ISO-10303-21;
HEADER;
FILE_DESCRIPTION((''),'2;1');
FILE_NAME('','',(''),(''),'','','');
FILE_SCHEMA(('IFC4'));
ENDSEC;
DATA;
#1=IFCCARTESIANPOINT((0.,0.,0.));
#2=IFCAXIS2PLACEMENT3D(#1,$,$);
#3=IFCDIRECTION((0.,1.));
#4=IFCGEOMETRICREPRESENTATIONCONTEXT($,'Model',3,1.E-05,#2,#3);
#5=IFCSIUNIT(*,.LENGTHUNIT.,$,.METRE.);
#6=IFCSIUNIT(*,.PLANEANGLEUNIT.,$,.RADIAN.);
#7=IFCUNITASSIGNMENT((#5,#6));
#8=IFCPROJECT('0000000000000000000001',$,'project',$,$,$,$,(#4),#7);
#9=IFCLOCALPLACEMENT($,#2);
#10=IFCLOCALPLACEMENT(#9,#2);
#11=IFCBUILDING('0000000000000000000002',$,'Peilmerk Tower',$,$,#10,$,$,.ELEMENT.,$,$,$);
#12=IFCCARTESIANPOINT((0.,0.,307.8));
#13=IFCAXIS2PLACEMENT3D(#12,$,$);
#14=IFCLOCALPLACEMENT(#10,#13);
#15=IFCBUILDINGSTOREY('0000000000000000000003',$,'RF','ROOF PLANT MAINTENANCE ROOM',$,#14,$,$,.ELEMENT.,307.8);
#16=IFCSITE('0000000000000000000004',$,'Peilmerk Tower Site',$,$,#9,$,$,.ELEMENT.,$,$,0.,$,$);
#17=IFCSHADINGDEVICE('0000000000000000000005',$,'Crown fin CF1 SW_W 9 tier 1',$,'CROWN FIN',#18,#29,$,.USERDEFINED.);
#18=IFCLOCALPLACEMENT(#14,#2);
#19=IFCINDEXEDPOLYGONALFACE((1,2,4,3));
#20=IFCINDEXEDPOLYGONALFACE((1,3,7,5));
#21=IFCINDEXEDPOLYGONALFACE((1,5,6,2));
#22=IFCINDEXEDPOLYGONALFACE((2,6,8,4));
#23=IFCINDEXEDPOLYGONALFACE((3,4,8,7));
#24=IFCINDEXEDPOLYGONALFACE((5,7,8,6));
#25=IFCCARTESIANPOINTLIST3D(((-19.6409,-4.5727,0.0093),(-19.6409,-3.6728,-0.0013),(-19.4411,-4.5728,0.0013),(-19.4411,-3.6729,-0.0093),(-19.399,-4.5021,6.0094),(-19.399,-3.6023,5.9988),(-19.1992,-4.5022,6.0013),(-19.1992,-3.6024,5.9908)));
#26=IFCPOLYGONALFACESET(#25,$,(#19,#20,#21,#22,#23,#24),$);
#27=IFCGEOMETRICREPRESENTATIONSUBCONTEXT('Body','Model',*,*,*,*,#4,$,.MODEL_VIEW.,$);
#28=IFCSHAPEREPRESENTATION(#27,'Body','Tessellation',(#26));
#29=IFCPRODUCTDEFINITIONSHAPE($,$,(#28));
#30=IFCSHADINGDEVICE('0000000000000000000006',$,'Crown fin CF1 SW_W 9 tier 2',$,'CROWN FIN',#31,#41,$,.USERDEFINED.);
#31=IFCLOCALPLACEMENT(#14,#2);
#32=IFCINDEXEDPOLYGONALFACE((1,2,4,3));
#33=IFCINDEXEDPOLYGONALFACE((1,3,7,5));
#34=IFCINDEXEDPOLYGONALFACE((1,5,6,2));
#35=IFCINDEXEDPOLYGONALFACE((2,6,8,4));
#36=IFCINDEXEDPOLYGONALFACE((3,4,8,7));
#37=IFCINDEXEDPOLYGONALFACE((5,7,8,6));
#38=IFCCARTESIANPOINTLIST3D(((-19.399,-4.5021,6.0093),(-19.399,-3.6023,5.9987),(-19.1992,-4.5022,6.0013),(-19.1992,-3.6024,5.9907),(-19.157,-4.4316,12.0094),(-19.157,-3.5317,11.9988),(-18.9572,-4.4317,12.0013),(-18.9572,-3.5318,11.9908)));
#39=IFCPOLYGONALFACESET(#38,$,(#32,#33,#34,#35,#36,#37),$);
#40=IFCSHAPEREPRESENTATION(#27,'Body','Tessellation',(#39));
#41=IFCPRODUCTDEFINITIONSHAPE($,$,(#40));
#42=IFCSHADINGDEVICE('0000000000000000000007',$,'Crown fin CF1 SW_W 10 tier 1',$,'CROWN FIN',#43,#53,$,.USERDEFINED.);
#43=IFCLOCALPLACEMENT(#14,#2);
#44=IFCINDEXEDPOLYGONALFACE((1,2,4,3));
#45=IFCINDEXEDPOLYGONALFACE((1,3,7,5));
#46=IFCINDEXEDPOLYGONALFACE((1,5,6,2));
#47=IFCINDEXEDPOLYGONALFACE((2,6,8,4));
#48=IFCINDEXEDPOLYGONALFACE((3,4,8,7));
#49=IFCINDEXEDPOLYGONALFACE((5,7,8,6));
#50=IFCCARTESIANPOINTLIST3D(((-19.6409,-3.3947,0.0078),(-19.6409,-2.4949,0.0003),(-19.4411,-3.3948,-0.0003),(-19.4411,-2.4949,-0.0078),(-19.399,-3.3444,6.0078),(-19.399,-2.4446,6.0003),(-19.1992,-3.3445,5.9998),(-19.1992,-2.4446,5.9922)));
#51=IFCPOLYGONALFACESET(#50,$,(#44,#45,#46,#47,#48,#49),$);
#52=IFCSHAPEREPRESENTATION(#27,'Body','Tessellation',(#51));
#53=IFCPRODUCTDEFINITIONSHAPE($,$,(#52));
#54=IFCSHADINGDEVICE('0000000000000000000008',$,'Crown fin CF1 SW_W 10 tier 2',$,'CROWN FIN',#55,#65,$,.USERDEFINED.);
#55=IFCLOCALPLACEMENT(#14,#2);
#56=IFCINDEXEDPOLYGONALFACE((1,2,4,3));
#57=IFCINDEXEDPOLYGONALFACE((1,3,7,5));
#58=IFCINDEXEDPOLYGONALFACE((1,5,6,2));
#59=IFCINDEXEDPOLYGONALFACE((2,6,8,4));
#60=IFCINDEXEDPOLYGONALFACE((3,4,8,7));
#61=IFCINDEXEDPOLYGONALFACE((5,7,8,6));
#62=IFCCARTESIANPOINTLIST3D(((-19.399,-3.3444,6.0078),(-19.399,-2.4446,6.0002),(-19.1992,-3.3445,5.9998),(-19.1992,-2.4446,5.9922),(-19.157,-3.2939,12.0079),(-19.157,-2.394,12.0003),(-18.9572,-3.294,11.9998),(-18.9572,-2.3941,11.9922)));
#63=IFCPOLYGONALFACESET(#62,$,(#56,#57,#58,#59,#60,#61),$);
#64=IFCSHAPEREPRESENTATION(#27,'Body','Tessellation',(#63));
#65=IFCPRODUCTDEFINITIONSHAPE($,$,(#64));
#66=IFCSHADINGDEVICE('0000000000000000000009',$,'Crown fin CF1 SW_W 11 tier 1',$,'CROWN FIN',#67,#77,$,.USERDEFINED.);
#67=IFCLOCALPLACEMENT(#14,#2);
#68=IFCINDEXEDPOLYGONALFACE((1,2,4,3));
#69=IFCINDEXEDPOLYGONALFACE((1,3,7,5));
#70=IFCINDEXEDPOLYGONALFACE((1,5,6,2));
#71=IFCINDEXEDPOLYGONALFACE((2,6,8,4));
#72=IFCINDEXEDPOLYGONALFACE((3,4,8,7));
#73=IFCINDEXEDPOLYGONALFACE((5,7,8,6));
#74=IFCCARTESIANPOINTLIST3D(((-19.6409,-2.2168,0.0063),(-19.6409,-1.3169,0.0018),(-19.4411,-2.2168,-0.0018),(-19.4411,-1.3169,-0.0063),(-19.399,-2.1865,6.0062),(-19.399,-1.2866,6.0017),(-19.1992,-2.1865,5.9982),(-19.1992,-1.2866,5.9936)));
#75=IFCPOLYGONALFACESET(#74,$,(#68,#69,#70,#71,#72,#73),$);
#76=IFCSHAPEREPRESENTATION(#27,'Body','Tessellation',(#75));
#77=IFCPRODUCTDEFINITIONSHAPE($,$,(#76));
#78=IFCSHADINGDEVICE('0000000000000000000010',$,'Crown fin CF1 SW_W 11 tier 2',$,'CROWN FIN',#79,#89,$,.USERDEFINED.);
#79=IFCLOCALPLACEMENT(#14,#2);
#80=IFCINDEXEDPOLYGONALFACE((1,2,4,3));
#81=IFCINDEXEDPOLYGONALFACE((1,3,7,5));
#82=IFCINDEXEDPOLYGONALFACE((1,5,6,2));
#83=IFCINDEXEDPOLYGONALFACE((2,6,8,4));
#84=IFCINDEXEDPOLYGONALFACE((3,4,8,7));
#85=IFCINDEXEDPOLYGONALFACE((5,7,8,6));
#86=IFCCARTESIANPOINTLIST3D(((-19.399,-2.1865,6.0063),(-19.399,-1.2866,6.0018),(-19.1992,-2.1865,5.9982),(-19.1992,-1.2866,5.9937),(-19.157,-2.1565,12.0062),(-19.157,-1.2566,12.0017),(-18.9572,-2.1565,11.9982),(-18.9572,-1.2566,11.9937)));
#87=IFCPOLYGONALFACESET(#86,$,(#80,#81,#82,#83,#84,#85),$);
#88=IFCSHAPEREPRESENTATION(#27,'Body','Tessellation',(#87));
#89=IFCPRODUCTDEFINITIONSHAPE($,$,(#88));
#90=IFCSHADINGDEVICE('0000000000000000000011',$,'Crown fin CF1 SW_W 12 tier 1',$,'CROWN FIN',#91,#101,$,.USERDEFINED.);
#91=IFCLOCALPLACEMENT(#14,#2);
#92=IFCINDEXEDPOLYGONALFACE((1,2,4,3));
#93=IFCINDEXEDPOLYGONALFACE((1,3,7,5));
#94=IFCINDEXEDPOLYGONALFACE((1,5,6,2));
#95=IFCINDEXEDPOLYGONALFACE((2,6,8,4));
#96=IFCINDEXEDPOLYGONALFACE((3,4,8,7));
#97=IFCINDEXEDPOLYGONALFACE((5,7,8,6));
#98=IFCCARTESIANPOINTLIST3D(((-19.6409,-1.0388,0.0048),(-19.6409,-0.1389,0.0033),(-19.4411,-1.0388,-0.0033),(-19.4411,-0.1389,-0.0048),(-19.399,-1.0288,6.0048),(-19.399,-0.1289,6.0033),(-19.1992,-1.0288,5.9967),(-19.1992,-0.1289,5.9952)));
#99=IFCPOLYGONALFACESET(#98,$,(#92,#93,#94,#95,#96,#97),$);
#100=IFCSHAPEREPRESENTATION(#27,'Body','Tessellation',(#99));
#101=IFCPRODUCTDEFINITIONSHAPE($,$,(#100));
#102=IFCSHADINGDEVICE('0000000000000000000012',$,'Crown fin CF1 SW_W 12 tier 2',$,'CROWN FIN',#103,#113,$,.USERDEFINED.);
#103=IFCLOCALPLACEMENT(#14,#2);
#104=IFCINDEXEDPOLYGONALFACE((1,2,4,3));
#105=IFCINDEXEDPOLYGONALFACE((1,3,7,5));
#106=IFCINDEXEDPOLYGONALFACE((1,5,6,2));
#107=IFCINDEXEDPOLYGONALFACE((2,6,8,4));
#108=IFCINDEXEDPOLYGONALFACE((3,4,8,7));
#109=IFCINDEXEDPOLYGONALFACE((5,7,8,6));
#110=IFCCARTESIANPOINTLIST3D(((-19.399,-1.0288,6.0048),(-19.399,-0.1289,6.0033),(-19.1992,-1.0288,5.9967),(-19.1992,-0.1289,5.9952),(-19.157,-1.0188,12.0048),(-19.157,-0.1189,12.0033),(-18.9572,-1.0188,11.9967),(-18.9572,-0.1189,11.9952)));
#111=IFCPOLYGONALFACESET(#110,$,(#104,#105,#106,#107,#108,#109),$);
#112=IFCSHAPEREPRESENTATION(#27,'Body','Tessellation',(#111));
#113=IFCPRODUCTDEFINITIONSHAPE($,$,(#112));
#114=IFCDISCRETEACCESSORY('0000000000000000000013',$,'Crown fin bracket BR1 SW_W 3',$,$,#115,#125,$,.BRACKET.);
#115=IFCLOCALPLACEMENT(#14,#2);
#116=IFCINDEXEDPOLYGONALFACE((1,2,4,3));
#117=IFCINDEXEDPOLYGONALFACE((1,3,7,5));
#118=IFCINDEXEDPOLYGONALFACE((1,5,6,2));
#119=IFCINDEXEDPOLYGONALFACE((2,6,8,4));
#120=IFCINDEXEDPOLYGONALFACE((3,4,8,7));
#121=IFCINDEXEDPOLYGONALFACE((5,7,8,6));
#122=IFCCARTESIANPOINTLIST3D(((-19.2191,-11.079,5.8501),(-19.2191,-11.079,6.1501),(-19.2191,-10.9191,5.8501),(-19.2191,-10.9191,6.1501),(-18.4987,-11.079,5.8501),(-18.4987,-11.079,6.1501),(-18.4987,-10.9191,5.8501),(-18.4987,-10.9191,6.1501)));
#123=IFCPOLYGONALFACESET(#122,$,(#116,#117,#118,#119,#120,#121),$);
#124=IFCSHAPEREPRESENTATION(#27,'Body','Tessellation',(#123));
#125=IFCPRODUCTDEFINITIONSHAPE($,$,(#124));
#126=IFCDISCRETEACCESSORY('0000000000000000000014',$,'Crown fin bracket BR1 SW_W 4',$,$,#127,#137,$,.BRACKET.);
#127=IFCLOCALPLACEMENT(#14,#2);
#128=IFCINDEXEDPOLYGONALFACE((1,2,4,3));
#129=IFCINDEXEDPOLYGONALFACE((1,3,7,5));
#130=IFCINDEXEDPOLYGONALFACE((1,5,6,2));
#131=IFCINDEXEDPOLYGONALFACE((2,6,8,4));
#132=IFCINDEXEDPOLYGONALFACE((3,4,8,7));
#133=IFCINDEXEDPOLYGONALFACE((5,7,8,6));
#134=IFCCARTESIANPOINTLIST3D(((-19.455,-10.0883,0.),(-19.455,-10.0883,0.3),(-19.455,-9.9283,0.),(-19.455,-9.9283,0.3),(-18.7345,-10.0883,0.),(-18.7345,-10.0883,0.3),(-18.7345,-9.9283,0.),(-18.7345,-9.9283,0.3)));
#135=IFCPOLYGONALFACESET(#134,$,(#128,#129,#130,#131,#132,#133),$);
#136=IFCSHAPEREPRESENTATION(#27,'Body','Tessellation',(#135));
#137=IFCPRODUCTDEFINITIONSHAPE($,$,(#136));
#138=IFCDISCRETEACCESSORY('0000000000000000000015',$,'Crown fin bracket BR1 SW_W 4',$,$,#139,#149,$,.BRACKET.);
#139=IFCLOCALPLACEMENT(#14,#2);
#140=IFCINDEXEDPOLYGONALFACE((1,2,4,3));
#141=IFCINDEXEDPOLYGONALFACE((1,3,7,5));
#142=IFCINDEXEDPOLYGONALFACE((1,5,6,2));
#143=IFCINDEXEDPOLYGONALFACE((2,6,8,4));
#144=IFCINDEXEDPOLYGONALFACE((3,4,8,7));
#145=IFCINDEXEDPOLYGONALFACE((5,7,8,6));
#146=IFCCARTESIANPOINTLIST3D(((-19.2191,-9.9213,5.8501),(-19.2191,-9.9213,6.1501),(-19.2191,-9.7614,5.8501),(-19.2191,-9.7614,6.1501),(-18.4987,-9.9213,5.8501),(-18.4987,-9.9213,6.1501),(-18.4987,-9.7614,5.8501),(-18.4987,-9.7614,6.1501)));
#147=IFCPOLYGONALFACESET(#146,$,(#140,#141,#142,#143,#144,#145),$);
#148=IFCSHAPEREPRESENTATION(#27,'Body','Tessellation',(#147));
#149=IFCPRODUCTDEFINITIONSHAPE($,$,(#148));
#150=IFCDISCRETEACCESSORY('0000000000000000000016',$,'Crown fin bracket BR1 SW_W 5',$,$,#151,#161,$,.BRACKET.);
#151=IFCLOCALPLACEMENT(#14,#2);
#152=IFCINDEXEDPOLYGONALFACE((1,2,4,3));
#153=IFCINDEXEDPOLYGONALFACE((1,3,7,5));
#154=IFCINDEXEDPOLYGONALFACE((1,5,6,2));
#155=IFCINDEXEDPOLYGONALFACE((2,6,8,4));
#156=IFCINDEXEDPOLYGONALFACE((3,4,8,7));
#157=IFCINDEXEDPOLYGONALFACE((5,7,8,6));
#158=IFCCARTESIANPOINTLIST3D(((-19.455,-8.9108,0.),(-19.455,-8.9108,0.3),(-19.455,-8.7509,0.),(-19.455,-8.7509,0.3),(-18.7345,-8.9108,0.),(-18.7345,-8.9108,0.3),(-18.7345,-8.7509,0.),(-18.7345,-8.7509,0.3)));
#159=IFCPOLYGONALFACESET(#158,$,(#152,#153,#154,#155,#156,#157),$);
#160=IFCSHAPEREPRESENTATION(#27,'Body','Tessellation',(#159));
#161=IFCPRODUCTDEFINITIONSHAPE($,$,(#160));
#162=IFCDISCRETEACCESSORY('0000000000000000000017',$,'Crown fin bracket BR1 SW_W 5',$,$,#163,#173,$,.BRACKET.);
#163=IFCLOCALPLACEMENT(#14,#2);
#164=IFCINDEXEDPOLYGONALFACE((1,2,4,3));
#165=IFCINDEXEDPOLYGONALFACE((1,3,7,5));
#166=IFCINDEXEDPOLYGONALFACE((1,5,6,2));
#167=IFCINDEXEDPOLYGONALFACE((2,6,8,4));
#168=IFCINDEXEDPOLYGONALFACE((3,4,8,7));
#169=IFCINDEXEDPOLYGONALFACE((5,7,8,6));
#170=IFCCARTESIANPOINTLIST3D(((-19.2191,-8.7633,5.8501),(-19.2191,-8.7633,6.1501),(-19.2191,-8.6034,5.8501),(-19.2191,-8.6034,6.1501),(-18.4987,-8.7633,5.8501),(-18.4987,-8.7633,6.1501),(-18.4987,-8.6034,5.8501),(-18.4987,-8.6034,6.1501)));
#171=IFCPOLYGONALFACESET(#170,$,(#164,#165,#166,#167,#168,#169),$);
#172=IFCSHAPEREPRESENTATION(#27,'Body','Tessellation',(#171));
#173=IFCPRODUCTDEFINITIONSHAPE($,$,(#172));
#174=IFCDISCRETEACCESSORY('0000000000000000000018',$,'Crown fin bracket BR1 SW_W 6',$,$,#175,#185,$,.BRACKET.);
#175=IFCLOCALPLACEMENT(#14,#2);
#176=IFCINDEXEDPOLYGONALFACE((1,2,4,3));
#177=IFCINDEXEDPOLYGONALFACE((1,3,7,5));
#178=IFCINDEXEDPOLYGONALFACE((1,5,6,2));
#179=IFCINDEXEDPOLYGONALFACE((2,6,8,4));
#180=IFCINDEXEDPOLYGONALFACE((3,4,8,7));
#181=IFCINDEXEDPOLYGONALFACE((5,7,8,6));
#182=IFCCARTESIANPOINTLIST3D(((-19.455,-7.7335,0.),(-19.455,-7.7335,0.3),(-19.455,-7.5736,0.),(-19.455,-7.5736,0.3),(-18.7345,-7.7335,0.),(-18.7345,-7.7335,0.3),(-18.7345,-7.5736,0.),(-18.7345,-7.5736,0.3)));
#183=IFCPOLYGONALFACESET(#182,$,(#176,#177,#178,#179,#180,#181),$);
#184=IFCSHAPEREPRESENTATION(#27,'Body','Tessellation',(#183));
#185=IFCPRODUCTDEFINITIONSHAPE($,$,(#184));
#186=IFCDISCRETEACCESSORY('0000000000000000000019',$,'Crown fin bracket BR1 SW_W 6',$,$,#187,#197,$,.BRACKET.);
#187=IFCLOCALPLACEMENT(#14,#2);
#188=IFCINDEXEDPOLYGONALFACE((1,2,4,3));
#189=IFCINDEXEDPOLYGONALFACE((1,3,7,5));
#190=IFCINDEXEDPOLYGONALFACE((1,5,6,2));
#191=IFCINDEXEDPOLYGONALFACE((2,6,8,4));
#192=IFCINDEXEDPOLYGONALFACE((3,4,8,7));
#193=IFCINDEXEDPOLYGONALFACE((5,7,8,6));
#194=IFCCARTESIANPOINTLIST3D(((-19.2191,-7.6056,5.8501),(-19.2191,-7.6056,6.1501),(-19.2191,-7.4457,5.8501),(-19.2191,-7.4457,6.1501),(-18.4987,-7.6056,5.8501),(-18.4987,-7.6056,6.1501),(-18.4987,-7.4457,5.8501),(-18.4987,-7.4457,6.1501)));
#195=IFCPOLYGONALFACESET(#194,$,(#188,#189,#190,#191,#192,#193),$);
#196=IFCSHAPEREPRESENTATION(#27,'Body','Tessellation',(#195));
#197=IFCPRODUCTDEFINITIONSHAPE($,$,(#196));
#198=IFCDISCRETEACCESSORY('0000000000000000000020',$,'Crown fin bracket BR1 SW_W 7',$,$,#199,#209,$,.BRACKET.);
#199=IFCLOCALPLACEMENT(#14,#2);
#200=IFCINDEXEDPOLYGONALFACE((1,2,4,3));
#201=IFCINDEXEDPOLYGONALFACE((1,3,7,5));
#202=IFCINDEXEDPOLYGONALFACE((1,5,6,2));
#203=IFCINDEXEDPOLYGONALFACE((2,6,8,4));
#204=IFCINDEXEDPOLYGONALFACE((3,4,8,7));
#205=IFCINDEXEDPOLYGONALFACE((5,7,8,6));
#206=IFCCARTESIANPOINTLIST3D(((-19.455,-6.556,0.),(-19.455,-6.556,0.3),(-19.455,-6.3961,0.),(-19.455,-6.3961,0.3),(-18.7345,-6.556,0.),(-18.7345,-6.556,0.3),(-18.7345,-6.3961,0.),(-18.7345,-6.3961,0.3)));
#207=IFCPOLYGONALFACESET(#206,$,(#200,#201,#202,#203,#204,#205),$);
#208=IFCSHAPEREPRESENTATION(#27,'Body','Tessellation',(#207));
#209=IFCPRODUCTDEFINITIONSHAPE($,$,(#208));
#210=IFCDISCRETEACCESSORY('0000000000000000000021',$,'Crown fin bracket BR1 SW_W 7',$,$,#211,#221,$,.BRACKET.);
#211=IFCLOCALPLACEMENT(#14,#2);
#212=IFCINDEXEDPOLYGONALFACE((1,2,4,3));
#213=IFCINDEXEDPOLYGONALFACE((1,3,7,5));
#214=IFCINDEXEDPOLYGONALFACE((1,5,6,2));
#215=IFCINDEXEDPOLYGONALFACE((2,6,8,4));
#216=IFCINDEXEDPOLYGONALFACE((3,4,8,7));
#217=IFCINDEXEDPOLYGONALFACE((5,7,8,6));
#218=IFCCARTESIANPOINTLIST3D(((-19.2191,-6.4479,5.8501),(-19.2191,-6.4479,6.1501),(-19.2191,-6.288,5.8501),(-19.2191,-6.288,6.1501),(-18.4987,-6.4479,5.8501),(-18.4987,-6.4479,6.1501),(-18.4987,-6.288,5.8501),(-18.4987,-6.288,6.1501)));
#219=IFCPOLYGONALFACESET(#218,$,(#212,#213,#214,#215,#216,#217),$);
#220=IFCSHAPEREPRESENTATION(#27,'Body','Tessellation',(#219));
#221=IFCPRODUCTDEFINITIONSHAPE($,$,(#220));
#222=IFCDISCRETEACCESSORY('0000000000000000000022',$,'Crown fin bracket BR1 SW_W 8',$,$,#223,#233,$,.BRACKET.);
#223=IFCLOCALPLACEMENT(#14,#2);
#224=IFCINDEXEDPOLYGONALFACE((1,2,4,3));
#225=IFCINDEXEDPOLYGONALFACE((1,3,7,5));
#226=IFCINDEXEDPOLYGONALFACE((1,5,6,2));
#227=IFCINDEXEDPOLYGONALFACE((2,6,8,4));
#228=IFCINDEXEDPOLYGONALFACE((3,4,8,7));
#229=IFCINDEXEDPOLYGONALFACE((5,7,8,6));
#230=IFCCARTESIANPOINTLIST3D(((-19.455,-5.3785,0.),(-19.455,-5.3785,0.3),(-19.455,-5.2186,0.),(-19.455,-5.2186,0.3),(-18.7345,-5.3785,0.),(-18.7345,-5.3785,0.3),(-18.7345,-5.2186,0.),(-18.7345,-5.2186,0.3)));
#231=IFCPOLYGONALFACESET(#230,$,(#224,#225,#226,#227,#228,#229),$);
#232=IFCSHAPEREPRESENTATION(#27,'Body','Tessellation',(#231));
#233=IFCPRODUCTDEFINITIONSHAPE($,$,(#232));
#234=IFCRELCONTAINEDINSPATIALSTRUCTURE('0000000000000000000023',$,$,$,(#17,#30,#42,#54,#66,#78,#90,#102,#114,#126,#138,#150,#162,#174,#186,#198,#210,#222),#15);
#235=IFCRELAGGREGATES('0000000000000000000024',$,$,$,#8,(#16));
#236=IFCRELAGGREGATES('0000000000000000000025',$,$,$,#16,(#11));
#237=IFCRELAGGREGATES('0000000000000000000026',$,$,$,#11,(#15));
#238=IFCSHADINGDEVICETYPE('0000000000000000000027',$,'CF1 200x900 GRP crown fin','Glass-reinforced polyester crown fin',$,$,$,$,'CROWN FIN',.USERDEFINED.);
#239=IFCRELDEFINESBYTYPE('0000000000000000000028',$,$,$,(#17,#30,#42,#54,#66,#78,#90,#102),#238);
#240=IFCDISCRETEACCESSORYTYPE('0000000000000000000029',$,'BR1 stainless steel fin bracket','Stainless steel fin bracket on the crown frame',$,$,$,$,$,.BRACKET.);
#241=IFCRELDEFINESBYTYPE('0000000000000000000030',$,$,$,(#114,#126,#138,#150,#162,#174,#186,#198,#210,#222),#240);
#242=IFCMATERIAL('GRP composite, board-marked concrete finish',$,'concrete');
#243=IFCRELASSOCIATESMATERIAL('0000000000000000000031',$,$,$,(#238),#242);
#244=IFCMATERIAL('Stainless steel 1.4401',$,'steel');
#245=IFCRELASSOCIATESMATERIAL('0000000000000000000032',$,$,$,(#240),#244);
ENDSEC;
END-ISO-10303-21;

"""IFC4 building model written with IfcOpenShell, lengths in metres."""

from ifc_helpers import new_model, si_unit, direction, frame, origin, origin_2d, place, context, subcontext, project, spatial, rectangle, extrude, source, transform, mapped, material, material_profile, profile_set, type_object, element, save


model = new_model("IFC4")

# Units and contexts
model_context = context("Model", 3, precision=1e-05, world=origin(), true_north=direction((0.0, 1.0)))
body_context = subcontext(model_context, "Body", "Model", "MODEL_VIEW")
ifc_project = project(units=[si_unit("LENGTHUNIT", "METRE"), si_unit("PLANEANGLEUNIT", "RADIAN")], contexts=[model_context])

# Site, building, storey
site_placement = place(None, origin())
site = spatial("IfcSite", under=ifc_project, at=site_placement, Name="Peilmerk Tower Site", CompositionType="ELEMENT", RefElevation=0.0)
building_placement = place(site_placement, origin())
building = spatial("IfcBuilding", under=site, at=building_placement, Name="Peilmerk Tower", CompositionType="ELEMENT")
storey_placement = place(building_placement, frame((0.0, 0.0, 307.8)))
storey = spatial("IfcBuildingStorey", under=building, at=storey_placement, Name="RF", Description="ROOF PLANT MAINTENANCE ROOM", CompositionType="ELEMENT", Elevation=307.8)

# Shading devices
ifc_material_1 = material(Name="GRP composite, board-marked concrete finish", Category="concrete")
ifc_material_profile_1 = material_profile(ifc_material_1, rectangle(XDim=0.2, YDim=0.8999, at=origin_2d()), Name="CF1 200x900")
ifc_profile_set_1 = profile_set([ifc_material_profile_1], Name="GRP composite, board-marked concrete finish")
shading_device_type = type_object("IfcShadingDeviceType", Name="CF1 200x900 GRP crown fin", Description="Glass-reinforced polyester crown fin", ElementType="CROWN FIN", PredefinedType="USERDEFINED", material=ifc_profile_set_1)
shared_shape_1 = source(origin(), body_context, "Body", "SweptSolid", [
    extrude(rectangle(XDim=0.2, YDim=0.8999, at=origin_2d()), origin(), (0.0, 0.0, 1.0), 6.0054),
])
for number, where, z_axis, x_axis, name in (
    (1, (-19.541, -4.1228, 0.0), (0.040288, 0.011749, 0.999119), (-0.999188, 0.000474, 0.040286), "Crown fin CF1 SW_W 9 tier 1"),
    (2, (-19.2991, -4.0522, 6.0), (0.040288, 0.011749, 0.999119), (-0.999188, 0.000474, 0.040286), "Crown fin CF1 SW_W 9 tier 2"),
):
    element("IfcShadingDevice", number, at=place(storey_placement, frame(where, z_axis=z_axis, x_axis=x_axis)), inside=storey, type_object=shading_device_type, Name=name, ObjectType="CROWN FIN", PredefinedType="USERDEFINED", context=body_context, shape_type="MappedRepresentation", body=[
        mapped(shared_shape_1, transform((0.0, 0.0, 0.0), scale=1.0)),
    ])
shared_shape_2 = source(origin(), body_context, "Body", "SweptSolid", [
    extrude(rectangle(XDim=0.2, YDim=0.8999, at=origin_2d()), origin(), (0.0, 0.0, 1.0), 6.0051),
])
for number, where, z_axis, x_axis, name in (
    (3, (-19.541, -2.9448, 0.0), (0.04029, 0.008375, 0.999153), (-0.999188, 0.000338, 0.040288), "Crown fin CF1 SW_W 10 tier 1"),
    (4, (-19.2991, -2.8945, 6.0), (0.04029, 0.008416, 0.999153), (-0.999188, 0.000339, 0.040288), "Crown fin CF1 SW_W 10 tier 2"),
):
    element("IfcShadingDevice", number, at=place(storey_placement, frame(where, z_axis=z_axis, x_axis=x_axis)), inside=storey, type_object=shading_device_type, Name=name, ObjectType="CROWN FIN", PredefinedType="USERDEFINED", context=body_context, shape_type="MappedRepresentation", body=[
        mapped(shared_shape_2, transform((0.0, 0.0, 0.0), scale=1.0)),
    ])
shared_shape_3 = source(origin(), body_context, "Body", "SweptSolid", [
    extrude(rectangle(XDim=0.2, YDim=0.8999, at=origin_2d()), origin(), (0.0, 0.0, 1.0), 6.0049),
])
for number, where, z_axis, x_axis, name in (
    (5, (-19.541, -1.7668, 0.0), (0.040291, 0.005041, 0.999175), (-0.999188, 0.000203, 0.04029), "Crown fin CF1 SW_W 11 tier 1"),
    (6, (-19.2991, -1.7366, 6.0), (0.040291, 0.005001, 0.999175), (-0.999188, 0.000202, 0.04029), "Crown fin CF1 SW_W 11 tier 2"),
    (7, (-19.541, -0.5889, 0.0), (0.040291, 0.001667, 0.999187), (-0.999188, 0.000067, 0.040291), "Crown fin CF1 SW_W 12 tier 1"),
    (8, (-19.2991, -0.5789, 6.0), (0.040291, 0.001667, 0.999187), (-0.999188, 0.000067, 0.040291), "Crown fin CF1 SW_W 12 tier 2"),
):
    element("IfcShadingDevice", number, at=place(storey_placement, frame(where, z_axis=z_axis, x_axis=x_axis)), inside=storey, type_object=shading_device_type, Name=name, ObjectType="CROWN FIN", PredefinedType="USERDEFINED", context=body_context, shape_type="MappedRepresentation", body=[
        mapped(shared_shape_3, transform((0.0, 0.0, 0.0), scale=1.0)),
    ])

# Discrete accessories
ifc_material_2 = material(Name="Stainless steel 1.4401", Category="steel")
discrete_accessory_type = type_object("IfcDiscreteAccessoryType", Name="BR1 stainless steel fin bracket", Description="Stainless steel fin bracket on the crown frame", PredefinedType="BRACKET", material=ifc_material_2)
shared_shape_4 = source(origin(), body_context, "Body", "SweptSolid", [
    extrude(rectangle(XDim=0.7205, YDim=0.1599, at=origin_2d()), origin(), (0.0, 0.0, 1.0), 0.3),
])
for number, where, z_axis, x_axis, name in (
    (9, (-18.8589, -10.999, 5.8501), (0.0, 0.0, 1.0), (-1.0, 0.0, 0.0), "Crown fin bracket BR1 SW_W 3"),
    (10, (-19.0947, -10.0083, 0.0), (0.0, 0.0, 1.0), (-1.0, 0.0, 0.0), "Crown fin bracket BR1 SW_W 4"),
    (11, (-18.8589, -9.8413, 5.8501), (0.0, 0.0, 1.0), (-1.0, 0.0, 0.0), "Crown fin bracket BR1 SW_W 4"),
    (12, (-19.0947, -8.8308, 0.0), (0.0, 0.0, 1.0), (-1.0, 0.0, 0.0), "Crown fin bracket BR1 SW_W 5"),
    (13, (-18.8589, -8.6833, 5.8501), (0.0, 0.0, 1.0), (-1.0, 0.0, 0.0), "Crown fin bracket BR1 SW_W 5"),
    (14, (-19.0947, -7.6536, 0.0), (0.0, 0.0, 1.0), (-1.0, 0.0, 0.0), "Crown fin bracket BR1 SW_W 6"),
    (15, (-18.8589, -7.5256, 5.8501), (0.0, 0.0, 1.0), (-1.0, 0.0, 0.0), "Crown fin bracket BR1 SW_W 6"),
    (16, (-19.0947, -6.4761, 0.0), (0.0, 0.0, 1.0), (-1.0, 0.0, 0.0), "Crown fin bracket BR1 SW_W 7"),
    (17, (-18.8589, -6.3679, 5.8501), (0.0, 0.0, 1.0), (-1.0, 0.0, 0.0), "Crown fin bracket BR1 SW_W 7"),
    (18, (-19.0947, -5.2986, 0.0), (0.0, 0.0, 1.0), (-1.0, 0.0, 0.0), "Crown fin bracket BR1 SW_W 8"),
):
    element("IfcDiscreteAccessory", number, at=place(storey_placement, frame(where, z_axis=z_axis, x_axis=x_axis)), inside=storey, type_object=discrete_accessory_type, Name=name, PredefinedType="BRACKET", context=body_context, shape_type="MappedRepresentation", body=[
        mapped(shared_shape_4, transform((0.0, 0.0, 0.0), scale=1.0)),
    ])

save(model, "model.ifc")
